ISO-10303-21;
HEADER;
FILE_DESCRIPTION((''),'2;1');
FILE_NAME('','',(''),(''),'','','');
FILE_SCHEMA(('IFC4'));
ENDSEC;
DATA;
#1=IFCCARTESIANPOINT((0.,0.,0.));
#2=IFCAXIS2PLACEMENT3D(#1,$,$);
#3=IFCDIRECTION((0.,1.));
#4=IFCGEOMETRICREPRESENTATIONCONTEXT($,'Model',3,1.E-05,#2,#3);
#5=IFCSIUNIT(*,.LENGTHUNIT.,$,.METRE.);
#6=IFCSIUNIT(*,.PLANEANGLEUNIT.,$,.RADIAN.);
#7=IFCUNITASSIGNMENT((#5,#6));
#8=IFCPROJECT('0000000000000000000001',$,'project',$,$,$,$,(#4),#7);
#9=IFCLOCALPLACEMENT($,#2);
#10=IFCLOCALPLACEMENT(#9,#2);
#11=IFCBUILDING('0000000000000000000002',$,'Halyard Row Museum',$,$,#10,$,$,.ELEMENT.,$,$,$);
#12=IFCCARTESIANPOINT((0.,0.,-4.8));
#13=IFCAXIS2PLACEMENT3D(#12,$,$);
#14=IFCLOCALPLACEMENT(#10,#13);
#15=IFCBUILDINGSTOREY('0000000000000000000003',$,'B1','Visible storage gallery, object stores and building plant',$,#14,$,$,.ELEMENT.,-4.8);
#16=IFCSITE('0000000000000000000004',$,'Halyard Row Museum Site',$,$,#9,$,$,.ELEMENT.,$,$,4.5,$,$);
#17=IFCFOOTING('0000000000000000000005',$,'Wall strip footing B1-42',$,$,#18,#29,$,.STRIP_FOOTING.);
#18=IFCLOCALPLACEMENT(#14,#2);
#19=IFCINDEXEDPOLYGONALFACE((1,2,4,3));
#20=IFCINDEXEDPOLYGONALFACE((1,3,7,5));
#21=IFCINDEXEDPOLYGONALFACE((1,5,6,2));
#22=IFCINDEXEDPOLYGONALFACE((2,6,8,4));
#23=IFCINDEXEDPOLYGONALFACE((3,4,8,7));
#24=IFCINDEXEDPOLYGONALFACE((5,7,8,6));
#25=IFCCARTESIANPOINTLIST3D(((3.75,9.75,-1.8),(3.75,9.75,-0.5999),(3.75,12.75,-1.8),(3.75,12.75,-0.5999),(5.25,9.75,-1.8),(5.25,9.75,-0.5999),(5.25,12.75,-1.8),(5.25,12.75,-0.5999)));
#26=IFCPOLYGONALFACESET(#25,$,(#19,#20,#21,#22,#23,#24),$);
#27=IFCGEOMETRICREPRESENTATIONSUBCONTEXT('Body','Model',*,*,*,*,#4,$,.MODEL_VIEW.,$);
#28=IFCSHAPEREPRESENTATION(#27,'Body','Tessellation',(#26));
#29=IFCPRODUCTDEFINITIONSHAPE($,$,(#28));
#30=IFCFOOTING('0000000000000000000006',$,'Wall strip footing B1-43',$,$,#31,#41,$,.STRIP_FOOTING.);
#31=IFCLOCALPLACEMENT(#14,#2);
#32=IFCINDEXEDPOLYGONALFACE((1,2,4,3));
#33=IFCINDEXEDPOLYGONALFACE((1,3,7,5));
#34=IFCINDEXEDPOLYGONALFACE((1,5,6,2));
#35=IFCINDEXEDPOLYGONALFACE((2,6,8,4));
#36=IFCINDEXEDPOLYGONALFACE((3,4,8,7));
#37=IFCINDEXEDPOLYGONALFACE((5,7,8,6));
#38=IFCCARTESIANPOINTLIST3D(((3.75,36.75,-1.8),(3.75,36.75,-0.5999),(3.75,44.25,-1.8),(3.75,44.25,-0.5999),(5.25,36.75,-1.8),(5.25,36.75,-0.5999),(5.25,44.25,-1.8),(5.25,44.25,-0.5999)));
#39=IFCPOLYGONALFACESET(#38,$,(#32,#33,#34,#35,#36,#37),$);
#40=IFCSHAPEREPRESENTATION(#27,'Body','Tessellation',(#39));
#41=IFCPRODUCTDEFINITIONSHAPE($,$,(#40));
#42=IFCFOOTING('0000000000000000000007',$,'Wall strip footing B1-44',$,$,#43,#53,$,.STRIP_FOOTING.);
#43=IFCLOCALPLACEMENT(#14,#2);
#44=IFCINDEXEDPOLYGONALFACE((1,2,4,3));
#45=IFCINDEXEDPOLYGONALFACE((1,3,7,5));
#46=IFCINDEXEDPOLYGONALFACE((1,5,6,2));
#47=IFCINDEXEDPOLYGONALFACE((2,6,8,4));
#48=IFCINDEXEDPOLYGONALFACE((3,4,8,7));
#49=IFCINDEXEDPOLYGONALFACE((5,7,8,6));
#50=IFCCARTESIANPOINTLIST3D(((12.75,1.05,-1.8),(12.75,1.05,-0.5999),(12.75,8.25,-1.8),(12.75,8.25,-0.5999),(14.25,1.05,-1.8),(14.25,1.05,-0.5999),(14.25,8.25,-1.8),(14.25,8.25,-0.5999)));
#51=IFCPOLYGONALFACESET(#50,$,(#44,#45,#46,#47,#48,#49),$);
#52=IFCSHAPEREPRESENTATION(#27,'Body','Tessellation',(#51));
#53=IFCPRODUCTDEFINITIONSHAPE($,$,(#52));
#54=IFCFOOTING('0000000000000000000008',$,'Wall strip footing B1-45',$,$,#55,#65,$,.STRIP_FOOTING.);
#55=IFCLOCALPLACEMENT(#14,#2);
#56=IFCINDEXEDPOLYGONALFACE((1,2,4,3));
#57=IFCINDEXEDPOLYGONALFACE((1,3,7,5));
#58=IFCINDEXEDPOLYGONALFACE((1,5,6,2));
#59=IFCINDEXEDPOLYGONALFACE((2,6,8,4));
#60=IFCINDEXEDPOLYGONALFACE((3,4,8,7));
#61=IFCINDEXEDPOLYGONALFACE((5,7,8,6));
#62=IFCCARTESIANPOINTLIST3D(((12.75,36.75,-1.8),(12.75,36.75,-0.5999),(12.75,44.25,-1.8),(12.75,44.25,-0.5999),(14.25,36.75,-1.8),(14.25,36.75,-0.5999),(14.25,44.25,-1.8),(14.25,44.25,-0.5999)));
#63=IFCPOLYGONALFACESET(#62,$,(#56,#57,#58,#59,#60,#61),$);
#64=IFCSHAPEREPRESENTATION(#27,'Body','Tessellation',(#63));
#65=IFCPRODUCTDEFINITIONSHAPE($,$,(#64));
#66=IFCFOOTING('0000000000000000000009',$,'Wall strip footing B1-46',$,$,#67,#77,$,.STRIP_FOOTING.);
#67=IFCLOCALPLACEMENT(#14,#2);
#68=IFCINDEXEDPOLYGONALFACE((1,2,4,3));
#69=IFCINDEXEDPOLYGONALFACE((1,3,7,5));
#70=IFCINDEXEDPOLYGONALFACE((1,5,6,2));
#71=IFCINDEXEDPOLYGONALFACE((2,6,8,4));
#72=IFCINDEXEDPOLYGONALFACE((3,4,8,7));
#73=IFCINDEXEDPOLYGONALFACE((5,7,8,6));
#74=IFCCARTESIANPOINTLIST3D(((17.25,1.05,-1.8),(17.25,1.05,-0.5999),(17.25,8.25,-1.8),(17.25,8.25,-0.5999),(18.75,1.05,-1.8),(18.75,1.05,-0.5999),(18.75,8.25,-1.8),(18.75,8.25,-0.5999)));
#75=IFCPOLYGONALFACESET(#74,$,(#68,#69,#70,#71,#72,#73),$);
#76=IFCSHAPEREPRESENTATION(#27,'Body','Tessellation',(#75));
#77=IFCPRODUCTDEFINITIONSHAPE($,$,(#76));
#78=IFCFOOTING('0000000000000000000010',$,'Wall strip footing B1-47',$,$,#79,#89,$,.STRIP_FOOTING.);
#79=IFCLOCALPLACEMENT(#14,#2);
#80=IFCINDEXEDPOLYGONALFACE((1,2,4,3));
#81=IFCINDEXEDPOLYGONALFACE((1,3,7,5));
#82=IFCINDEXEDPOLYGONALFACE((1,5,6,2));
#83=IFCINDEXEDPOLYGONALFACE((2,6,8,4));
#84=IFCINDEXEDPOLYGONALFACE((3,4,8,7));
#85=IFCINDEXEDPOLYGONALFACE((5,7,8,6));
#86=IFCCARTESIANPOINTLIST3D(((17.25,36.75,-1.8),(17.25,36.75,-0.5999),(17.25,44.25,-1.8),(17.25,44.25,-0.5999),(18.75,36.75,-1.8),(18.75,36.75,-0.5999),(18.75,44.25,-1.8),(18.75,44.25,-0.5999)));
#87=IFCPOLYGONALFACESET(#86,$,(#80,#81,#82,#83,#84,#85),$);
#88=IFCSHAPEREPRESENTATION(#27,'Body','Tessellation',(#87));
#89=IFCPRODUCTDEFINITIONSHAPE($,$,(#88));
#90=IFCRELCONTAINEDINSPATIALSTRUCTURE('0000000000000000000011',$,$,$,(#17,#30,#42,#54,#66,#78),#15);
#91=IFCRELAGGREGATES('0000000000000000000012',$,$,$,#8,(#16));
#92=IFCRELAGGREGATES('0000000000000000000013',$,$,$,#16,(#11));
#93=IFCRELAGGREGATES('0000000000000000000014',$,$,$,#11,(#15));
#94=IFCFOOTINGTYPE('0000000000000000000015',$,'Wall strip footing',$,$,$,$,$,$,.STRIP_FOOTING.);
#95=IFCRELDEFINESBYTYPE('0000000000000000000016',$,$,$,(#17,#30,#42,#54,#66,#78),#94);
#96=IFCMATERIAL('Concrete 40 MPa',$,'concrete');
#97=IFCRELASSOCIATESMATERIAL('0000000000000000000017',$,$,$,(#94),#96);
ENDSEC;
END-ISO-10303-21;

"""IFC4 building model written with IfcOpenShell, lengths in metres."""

from ifc_helpers import new_model, si_unit, direction, frame, origin, place, context, subcontext, project, spatial, polyline, outline, extrude, material, type_object, element, save


model = new_model("IFC4")

# Units and contexts
model_context = context("Model", 3, precision=1e-05, world=origin(), true_north=direction((0.0, 1.0)))
body_context = subcontext(model_context, "Body", "Model", "MODEL_VIEW")
ifc_project = project(units=[si_unit("LENGTHUNIT", "METRE"), si_unit("PLANEANGLEUNIT", "RADIAN")], contexts=[model_context])

# Site, building, storey
site_placement = place(None, origin())
site = spatial("IfcSite", under=ifc_project, at=site_placement, Name="Halyard Row Museum Site", CompositionType="ELEMENT", RefElevation=4.5)
building_placement = place(site_placement, origin())
building = spatial("IfcBuilding", under=site, at=building_placement, Name="Halyard Row Museum", CompositionType="ELEMENT")
storey_placement = place(building_placement, frame((0.0, 0.0, -4.8)))
storey = spatial("IfcBuildingStorey", under=building, at=storey_placement, Name="B1", Description="Visible storage gallery, object stores and building plant", CompositionType="ELEMENT", Elevation=-4.8)

# Footings
ifc_material_1 = material(Name="Concrete 40 MPa", Category="concrete")
footing_type_1 = type_object("IfcFootingType", Name="Wall strip footing", PredefinedType="STRIP_FOOTING", material=ifc_material_1)
footing_1_placement = place(storey_placement, frame((0.0, 0.0, -1.8)))
element("IfcFooting", 1, at=footing_1_placement, inside=storey, type_object=footing_type_1, Name="Wall strip footing B1-42", PredefinedType="STRIP_FOOTING", context=body_context, shape_type="SweptSolid", body=[
    extrude(outline(polyline([(3.75, 9.75), (5.25, 9.75), (5.25, 12.75), (3.75, 12.75), (3.75, 9.75)])), origin(), (0.0, 0.0, 1.0), 1.2002),
])
footing_2_placement = place(storey_placement, frame((0.0, 0.0, -1.8)))
element("IfcFooting", 2, at=footing_2_placement, inside=storey, type_object=footing_type_1, Name="Wall strip footing B1-43", PredefinedType="STRIP_FOOTING", context=body_context, shape_type="SweptSolid", body=[
    extrude(outline(polyline([(3.75, 36.75), (5.25, 36.75), (5.25, 44.25), (3.75, 44.25), (3.75, 36.75)])), origin(), (0.0, 0.0, 1.0), 1.2002),
])
footing_3_placement = place(storey_placement, frame((0.0, 0.0, -1.8)))
element("IfcFooting", 3, at=footing_3_placement, inside=storey, type_object=footing_type_1, Name="Wall strip footing B1-44", PredefinedType="STRIP_FOOTING", context=body_context, shape_type="SweptSolid", body=[
    extrude(outline(polyline([(12.75, 1.05), (14.25, 1.05), (14.25, 8.25), (12.75, 8.25), (12.75, 1.05)])), origin(), (0.0, 0.0, 1.0), 1.2002),
])
footing_4_placement = place(storey_placement, frame((0.0, 0.0, -1.8)))
element("IfcFooting", 4, at=footing_4_placement, inside=storey, type_object=footing_type_1, Name="Wall strip footing B1-45", PredefinedType="STRIP_FOOTING", context=body_context, shape_type="SweptSolid", body=[
    extrude(outline(polyline([(12.75, 36.75), (14.25, 36.75), (14.25, 44.25), (12.75, 44.25), (12.75, 36.75)])), origin(), (0.0, 0.0, 1.0), 1.2002),
])
footing_5_placement = place(storey_placement, frame((0.0, 0.0, -1.8)))
element("IfcFooting", 5, at=footing_5_placement, inside=storey, type_object=footing_type_1, Name="Wall strip footing B1-46", PredefinedType="STRIP_FOOTING", context=body_context, shape_type="SweptSolid", body=[
    extrude(outline(polyline([(17.25, 1.05), (18.75, 1.05), (18.75, 8.25), (17.25, 8.25), (17.25, 1.05)])), origin(), (0.0, 0.0, 1.0), 1.2002),
])
footing_6_placement = place(storey_placement, frame((0.0, 0.0, -1.8)))
element("IfcFooting", 6, at=footing_6_placement, inside=storey, type_object=footing_type_1, Name="Wall strip footing B1-47", PredefinedType="STRIP_FOOTING", context=body_context, shape_type="SweptSolid", body=[
    extrude(outline(polyline([(17.25, 36.75), (18.75, 36.75), (18.75, 44.25), (17.25, 44.25), (17.25, 36.75)])), origin(), (0.0, 0.0, 1.0), 1.2002),
])

save(model, "model.ifc")
